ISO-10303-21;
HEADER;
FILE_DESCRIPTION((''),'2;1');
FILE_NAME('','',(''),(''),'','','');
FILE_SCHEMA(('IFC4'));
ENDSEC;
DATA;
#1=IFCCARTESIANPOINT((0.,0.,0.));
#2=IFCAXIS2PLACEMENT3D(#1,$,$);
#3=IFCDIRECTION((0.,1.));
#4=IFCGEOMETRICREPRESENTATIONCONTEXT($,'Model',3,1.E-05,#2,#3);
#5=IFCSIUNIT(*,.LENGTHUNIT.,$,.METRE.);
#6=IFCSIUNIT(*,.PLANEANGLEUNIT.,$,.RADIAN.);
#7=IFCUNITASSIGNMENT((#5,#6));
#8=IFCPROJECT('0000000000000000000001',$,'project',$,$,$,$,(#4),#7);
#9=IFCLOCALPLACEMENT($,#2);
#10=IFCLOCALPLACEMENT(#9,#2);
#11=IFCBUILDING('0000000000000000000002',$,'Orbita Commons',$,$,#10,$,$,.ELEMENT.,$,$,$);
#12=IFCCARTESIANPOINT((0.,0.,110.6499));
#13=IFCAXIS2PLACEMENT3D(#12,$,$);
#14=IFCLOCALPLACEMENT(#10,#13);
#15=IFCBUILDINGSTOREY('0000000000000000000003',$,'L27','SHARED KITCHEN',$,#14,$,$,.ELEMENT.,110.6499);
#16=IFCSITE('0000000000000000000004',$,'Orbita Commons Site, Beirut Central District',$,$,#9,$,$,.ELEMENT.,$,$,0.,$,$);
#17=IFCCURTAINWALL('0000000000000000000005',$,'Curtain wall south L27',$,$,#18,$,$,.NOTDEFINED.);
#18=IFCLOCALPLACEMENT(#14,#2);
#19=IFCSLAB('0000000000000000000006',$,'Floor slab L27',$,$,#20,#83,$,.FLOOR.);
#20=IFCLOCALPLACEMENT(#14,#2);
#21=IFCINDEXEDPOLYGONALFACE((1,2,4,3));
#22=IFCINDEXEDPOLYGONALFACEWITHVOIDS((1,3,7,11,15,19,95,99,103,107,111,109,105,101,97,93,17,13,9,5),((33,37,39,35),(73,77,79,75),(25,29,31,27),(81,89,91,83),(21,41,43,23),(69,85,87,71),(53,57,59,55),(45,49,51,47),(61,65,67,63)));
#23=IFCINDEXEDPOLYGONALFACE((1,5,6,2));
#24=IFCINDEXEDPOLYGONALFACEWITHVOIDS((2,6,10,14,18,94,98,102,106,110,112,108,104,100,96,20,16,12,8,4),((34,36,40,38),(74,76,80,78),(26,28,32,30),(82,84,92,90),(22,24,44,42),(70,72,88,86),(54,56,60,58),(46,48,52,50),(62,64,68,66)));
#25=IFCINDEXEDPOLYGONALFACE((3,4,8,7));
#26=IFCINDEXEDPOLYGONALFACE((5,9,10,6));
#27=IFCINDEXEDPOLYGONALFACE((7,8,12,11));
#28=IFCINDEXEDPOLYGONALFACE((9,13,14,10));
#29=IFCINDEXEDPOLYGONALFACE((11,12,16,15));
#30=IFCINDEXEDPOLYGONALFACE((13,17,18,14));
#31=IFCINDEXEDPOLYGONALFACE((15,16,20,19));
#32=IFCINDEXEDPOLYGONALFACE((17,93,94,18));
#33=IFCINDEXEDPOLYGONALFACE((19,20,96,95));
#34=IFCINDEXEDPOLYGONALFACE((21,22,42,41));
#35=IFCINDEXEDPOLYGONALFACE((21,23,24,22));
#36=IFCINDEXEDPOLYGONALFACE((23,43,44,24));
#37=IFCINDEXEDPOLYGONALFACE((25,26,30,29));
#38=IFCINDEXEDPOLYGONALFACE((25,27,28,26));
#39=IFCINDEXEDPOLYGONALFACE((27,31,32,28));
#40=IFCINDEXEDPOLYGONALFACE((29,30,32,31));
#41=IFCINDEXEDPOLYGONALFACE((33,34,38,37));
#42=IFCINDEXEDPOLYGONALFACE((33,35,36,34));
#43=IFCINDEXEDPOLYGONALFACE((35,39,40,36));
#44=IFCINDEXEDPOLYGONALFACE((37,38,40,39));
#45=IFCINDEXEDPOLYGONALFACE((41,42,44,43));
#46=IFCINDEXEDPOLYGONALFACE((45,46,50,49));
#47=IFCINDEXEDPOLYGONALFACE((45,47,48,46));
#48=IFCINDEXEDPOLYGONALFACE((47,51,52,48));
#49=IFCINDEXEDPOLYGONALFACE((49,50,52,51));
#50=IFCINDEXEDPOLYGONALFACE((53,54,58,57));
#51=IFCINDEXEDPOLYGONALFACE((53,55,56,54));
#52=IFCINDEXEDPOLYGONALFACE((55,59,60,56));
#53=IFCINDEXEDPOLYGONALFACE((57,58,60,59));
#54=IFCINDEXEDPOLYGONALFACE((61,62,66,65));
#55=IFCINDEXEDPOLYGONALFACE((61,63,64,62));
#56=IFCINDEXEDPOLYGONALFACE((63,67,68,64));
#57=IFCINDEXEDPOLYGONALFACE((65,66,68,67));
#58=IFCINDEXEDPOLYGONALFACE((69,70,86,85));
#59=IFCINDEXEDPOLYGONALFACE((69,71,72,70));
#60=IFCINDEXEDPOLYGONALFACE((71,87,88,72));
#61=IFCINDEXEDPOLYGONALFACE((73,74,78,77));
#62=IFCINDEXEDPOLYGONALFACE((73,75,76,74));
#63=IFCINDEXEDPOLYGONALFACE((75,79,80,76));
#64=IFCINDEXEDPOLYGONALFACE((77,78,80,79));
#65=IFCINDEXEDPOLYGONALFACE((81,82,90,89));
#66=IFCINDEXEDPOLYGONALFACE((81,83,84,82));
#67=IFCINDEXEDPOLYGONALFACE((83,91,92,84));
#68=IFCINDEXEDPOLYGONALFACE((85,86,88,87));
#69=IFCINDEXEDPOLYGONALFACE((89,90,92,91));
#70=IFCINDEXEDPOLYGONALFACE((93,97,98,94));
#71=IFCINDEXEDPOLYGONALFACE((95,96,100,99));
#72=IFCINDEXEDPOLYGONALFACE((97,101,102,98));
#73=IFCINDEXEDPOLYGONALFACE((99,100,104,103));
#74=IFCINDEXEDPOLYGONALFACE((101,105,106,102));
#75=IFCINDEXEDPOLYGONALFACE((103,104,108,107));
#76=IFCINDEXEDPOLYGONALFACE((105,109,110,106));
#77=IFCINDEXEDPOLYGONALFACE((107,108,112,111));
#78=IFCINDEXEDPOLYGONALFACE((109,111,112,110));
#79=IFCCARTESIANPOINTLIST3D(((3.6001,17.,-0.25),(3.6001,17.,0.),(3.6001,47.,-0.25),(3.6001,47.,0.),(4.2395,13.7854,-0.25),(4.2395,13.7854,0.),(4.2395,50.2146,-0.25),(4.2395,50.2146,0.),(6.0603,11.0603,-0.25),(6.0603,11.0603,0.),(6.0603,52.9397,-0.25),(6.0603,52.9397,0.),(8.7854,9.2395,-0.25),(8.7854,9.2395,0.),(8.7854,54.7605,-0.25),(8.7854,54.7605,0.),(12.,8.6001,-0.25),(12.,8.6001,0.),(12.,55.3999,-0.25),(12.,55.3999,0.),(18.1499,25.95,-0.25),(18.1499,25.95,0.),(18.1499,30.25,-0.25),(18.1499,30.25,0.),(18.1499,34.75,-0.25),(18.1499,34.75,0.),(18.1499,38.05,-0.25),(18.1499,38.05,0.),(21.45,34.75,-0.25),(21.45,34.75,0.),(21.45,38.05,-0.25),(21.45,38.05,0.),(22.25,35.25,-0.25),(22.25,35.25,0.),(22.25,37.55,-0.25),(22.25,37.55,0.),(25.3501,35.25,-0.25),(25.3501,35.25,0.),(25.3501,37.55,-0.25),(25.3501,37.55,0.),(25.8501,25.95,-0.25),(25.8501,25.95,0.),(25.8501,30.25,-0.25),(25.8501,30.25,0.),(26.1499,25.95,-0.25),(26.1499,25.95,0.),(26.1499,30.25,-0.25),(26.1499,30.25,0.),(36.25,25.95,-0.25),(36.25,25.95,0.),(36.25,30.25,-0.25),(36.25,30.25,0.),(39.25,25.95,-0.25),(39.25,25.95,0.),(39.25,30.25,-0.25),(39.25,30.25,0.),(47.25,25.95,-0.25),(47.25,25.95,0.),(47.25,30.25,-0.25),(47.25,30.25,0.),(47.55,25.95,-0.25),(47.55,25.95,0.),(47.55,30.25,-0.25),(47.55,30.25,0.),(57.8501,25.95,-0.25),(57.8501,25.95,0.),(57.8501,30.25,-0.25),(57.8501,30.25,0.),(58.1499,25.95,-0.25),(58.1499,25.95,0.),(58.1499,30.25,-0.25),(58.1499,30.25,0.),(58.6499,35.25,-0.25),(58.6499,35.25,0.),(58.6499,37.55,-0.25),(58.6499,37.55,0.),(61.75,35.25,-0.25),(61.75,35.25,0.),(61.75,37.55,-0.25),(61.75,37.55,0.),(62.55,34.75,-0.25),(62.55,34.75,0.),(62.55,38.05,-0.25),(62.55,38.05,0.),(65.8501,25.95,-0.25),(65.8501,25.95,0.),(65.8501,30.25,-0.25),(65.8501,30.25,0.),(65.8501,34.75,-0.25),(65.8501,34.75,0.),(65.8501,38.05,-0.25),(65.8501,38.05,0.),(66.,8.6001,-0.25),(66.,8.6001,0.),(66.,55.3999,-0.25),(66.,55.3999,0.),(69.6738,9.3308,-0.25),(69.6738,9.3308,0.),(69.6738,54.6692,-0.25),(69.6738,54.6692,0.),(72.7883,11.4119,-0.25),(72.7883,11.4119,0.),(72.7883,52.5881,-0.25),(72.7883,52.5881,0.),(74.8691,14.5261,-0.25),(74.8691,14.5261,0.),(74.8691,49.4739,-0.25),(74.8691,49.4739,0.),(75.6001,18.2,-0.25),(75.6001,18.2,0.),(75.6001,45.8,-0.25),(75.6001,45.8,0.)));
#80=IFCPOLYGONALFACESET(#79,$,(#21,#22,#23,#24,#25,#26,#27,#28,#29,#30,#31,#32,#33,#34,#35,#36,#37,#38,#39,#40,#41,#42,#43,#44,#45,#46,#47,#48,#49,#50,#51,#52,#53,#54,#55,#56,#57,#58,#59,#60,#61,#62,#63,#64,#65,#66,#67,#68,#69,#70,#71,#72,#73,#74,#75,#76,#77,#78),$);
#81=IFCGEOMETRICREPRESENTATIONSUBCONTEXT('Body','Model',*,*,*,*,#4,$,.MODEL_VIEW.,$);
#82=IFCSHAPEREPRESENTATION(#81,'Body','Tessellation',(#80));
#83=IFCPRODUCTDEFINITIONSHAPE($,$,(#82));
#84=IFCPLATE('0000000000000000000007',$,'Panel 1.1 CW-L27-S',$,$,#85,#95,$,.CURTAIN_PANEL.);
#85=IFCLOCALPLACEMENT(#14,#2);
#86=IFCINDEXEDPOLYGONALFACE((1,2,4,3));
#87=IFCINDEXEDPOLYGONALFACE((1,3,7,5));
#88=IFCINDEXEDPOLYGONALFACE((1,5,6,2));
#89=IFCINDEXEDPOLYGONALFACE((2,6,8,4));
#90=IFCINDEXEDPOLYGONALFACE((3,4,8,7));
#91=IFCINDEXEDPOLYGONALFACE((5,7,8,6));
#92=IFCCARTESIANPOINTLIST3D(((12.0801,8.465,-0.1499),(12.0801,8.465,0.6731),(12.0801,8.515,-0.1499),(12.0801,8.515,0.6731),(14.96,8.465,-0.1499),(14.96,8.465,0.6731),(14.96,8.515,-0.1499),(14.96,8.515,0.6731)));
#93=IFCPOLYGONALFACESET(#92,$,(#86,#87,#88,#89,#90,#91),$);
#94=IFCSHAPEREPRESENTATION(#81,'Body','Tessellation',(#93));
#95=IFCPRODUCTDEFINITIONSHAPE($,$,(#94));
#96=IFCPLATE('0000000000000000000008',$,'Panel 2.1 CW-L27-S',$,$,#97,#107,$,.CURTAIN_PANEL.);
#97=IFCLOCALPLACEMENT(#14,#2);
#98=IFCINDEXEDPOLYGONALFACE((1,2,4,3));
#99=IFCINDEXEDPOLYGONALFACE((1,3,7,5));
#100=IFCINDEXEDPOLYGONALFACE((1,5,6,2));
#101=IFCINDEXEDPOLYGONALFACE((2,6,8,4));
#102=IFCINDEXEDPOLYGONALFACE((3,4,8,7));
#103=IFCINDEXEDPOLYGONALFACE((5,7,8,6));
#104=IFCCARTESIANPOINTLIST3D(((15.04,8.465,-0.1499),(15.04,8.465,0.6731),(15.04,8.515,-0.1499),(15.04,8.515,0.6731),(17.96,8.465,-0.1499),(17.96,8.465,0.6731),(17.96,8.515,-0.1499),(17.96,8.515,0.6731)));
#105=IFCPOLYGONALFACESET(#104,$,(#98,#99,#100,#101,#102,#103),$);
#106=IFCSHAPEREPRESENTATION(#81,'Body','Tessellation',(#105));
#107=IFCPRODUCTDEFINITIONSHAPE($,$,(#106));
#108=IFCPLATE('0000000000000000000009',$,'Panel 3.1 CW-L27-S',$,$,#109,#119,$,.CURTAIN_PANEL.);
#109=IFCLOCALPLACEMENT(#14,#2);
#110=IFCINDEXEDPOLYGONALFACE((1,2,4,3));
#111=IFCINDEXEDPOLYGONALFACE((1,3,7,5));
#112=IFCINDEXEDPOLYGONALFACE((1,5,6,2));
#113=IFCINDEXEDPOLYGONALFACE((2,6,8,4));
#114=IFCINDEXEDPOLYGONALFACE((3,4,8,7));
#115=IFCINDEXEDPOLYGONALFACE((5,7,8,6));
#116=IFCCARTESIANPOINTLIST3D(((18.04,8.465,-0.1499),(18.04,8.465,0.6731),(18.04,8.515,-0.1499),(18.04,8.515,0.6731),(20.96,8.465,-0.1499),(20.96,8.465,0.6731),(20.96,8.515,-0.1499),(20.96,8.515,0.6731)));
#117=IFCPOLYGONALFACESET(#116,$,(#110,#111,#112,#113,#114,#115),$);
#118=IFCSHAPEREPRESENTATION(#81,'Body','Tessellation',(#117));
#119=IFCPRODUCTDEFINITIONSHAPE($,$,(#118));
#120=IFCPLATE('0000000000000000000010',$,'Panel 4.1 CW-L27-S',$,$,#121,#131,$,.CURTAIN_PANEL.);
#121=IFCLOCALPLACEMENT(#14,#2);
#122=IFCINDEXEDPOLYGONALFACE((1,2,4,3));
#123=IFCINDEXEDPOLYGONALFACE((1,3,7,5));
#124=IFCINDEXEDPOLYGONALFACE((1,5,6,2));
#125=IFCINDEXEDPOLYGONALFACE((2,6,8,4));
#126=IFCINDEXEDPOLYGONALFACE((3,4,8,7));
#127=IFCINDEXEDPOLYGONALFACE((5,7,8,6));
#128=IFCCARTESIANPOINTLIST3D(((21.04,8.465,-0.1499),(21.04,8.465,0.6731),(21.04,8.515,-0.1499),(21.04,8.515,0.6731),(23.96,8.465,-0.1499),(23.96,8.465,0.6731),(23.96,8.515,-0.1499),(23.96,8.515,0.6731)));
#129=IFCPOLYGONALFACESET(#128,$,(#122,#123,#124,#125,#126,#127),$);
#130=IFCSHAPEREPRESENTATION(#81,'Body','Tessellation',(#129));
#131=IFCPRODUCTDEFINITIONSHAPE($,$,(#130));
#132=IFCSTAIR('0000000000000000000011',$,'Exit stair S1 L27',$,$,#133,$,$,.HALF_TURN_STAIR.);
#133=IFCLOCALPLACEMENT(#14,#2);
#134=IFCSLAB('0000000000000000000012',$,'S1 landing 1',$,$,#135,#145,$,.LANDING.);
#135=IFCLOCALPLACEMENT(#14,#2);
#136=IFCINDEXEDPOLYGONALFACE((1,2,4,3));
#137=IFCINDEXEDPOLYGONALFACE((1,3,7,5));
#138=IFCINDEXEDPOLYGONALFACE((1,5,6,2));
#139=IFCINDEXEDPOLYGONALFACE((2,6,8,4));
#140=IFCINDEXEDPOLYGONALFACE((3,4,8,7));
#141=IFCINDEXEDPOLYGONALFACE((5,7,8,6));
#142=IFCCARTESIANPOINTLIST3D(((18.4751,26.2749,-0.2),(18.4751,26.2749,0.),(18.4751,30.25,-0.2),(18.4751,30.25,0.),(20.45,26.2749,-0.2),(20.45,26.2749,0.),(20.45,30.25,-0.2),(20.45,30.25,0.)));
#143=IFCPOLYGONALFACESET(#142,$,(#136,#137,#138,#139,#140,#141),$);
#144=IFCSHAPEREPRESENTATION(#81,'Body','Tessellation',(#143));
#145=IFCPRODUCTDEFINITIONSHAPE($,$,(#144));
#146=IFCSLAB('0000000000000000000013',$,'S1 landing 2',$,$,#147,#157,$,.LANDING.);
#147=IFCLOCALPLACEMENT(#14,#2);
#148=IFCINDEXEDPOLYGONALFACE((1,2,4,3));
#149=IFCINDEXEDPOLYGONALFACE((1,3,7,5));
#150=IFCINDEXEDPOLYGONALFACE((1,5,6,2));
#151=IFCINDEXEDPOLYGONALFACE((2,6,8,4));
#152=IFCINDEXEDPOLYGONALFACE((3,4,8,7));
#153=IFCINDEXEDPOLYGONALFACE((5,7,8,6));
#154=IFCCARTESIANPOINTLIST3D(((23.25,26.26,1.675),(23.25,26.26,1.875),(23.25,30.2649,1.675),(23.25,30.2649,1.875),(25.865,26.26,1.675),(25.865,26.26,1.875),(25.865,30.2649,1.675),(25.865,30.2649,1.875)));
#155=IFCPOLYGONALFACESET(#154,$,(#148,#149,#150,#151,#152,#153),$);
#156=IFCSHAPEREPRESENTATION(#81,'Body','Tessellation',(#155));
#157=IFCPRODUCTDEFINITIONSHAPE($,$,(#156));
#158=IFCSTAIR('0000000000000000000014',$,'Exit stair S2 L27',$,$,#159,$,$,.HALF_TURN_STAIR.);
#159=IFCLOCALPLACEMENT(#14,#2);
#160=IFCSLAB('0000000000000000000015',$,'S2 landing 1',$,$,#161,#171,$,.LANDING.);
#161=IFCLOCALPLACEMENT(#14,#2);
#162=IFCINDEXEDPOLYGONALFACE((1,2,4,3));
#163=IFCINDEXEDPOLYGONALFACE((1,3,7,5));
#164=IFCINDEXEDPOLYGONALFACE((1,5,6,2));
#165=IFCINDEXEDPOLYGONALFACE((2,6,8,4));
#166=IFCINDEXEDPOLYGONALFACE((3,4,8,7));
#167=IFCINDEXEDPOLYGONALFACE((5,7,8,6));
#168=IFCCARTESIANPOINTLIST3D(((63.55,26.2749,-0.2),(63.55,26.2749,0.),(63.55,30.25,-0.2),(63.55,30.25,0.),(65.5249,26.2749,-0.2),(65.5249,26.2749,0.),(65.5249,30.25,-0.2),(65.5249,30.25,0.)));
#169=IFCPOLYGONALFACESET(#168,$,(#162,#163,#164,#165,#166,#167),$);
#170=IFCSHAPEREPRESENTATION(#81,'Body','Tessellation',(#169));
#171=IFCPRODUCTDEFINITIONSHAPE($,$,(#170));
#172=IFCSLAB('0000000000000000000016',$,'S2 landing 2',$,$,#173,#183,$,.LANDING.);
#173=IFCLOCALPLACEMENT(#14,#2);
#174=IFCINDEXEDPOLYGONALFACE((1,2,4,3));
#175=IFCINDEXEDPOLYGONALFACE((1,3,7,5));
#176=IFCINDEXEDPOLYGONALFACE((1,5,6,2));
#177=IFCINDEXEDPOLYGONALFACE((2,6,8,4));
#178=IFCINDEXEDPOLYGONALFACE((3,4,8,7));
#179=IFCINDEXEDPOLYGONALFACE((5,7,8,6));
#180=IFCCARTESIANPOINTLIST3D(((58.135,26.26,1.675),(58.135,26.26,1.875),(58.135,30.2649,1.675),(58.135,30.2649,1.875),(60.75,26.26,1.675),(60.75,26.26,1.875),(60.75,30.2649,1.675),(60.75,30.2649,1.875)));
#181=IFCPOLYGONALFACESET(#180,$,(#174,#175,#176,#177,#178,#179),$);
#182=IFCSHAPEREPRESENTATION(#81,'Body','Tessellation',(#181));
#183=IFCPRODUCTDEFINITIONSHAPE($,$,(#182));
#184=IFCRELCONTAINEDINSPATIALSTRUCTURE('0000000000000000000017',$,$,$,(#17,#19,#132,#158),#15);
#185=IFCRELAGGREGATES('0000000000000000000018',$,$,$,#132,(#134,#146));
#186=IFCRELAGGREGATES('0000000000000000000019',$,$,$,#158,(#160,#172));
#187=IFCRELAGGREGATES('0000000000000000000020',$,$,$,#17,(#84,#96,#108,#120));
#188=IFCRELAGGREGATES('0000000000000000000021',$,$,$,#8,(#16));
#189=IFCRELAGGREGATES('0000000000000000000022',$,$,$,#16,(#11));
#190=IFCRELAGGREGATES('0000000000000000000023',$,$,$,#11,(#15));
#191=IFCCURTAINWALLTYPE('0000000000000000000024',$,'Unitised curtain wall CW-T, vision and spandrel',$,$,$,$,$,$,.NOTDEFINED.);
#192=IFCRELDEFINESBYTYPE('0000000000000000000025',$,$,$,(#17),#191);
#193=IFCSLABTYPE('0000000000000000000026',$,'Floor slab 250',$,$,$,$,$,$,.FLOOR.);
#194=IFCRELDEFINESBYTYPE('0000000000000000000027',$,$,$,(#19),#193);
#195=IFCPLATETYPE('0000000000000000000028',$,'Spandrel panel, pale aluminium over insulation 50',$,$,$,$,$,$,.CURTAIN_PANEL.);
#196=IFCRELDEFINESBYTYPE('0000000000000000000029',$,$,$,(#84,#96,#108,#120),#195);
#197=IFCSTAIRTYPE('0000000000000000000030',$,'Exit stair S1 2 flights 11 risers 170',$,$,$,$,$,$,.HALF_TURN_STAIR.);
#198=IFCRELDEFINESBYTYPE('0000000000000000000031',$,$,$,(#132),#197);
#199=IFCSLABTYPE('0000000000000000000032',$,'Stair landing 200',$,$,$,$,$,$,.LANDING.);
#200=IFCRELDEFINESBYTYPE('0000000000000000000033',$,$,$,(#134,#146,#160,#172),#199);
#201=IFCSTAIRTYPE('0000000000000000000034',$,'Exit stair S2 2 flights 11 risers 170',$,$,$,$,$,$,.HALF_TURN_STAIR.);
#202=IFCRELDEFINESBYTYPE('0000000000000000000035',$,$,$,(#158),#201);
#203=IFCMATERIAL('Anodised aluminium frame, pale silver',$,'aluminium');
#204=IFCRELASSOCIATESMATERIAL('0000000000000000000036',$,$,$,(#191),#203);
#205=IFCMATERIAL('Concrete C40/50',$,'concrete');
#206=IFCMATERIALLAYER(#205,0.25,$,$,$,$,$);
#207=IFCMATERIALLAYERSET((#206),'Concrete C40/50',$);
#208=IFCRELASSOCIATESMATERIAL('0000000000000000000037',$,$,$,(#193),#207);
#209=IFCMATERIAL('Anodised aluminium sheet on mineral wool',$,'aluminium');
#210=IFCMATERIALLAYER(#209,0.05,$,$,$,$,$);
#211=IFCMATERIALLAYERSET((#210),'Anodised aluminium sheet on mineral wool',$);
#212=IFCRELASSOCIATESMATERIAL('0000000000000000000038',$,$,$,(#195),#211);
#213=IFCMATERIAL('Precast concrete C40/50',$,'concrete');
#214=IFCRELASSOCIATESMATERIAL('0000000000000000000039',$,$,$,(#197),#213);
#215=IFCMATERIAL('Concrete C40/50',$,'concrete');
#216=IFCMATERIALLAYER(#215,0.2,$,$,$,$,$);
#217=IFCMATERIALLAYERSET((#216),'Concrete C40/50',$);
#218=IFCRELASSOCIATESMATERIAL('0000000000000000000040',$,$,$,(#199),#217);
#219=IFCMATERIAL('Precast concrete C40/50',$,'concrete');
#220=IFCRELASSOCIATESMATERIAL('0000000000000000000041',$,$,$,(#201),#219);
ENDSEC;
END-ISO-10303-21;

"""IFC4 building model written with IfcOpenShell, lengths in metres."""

from ifc_helpers import new_model, si_unit, direction, frame, origin, origin_2d, place, context, subcontext, project, spatial, polyline, rectangle, outline, extrude, material, layer, layer_set, type_object, element, aggregate, save


model = new_model("IFC4")

# Units and contexts
model_context = context("Model", 3, precision=1e-05, world=origin(), true_north=direction((0.0, 1.0)))
body_context = subcontext(model_context, "Body", "Model", "MODEL_VIEW")
ifc_project = project(units=[si_unit("LENGTHUNIT", "METRE"), si_unit("PLANEANGLEUNIT", "RADIAN")], contexts=[model_context])

# Site, building, storey
site_placement = place(None, origin())
site = spatial("IfcSite", under=ifc_project, at=site_placement, Name="Orbita Commons Site, Beirut Central District", CompositionType="ELEMENT", RefElevation=0.0)
building_placement = place(site_placement, origin())
building = spatial("IfcBuilding", under=site, at=building_placement, Name="Orbita Commons", CompositionType="ELEMENT")
storey_placement = place(building_placement, frame((0.0, 0.0, 110.6499)))
storey = spatial("IfcBuildingStorey", under=building, at=storey_placement, Name="L27", Description="SHARED KITCHEN", CompositionType="ELEMENT", Elevation=110.6499)

# Curtain wall
ifc_material_1 = material(Name="Anodised aluminium frame, pale silver", Category="aluminium")
curtain_wall_type = type_object("IfcCurtainWallType", Name="Unitised curtain wall CW-T, vision and spandrel", PredefinedType="NOTDEFINED", material=ifc_material_1)
curtain_wall_placement = place(storey_placement, origin())
curtain_wall = element("IfcCurtainWall", 1, at=curtain_wall_placement, inside=storey, type_object=curtain_wall_type, Name="Curtain wall south L27", PredefinedType="NOTDEFINED")

# Slab
ifc_material_2 = material(Name="Concrete C40/50", Category="concrete")
ifc_layer_1 = layer(ifc_material_2, 0.25)
ifc_layer_set_1 = layer_set([ifc_layer_1], Name="Concrete C40/50")
slab_type_1 = type_object("IfcSlabType", Name="Floor slab 250", PredefinedType="FLOOR", material=ifc_layer_set_1)
slab_1_placement = place(storey_placement, frame((0.0, 0.0, -0.25)))
element("IfcSlab", 2, at=slab_1_placement, inside=storey, type_object=slab_type_1, Name="Floor slab L27", PredefinedType="FLOOR", context=body_context, shape_type="SweptSolid", body=[
    extrude(outline(polyline([(66.0, 8.6001), (69.6738, 9.3308), (72.7883, 11.4119), (74.8691, 14.5261), (75.6001, 18.2), (75.6001, 45.8), (74.8691, 49.4739), (72.7883, 52.5881), (69.6738, 54.6692), (66.0, 55.3999), (12.0, 55.3999), (8.7854, 54.7605), (6.0603, 52.9397), (4.2395, 50.2146), (3.6001, 47.0), (3.6001, 17.0), (4.2395, 13.7854), (6.0603, 11.0603), (8.7854, 9.2395), (12.0, 8.6001), (66.0, 8.6001)]), holes=[polyline([(18.1499, 25.95), (25.8501, 25.95), (25.8501, 30.25), (18.1499, 30.25), (18.1499, 25.95)]), polyline([(58.1499, 25.95), (65.8501, 25.95), (65.8501, 30.25), (58.1499, 30.25), (58.1499, 25.95)]), polyline([(18.1499, 34.75), (21.45, 34.75), (21.45, 38.05), (18.1499, 38.05), (18.1499, 34.75)]), polyline([(62.55, 34.75), (65.8501, 34.75), (65.8501, 38.05), (62.55, 38.05), (62.55, 34.75)]), polyline([(22.25, 35.25), (25.3501, 35.25), (25.3501, 37.55), (22.25, 37.55), (22.25, 35.25)]), polyline([(58.6499, 35.25), (61.75, 35.25), (61.75, 37.55), (58.6499, 37.55), (58.6499, 35.25)]), polyline([(26.1499, 25.95), (36.25, 25.95), (36.25, 30.25), (26.1499, 30.25), (26.1499, 25.95)]), polyline([(39.25, 25.95), (47.25, 25.95), (47.25, 30.25), (39.25, 30.25), (39.25, 25.95)]), polyline([(47.55, 25.95), (57.8501, 25.95), (57.8501, 30.25), (47.55, 30.25), (47.55, 25.95)])]), origin(), (0.0, 0.0, 1.0), 0.25),
])

# Plates
ifc_material_3 = material(Name="Anodised aluminium sheet on mineral wool", Category="aluminium")
ifc_layer_2 = layer(ifc_material_3, 0.05)
ifc_layer_set_2 = layer_set([ifc_layer_2], Name="Anodised aluminium sheet on mineral wool")
plate_type_1 = type_object("IfcPlateType", Name="Spandrel panel, pale aluminium over insulation 50", PredefinedType="CURTAIN_PANEL", material=ifc_layer_set_2)
plate_1_placement = place(storey_placement, frame((13.52, 8.49, -0.1499), z_axis=(0.0, 0.0, 1.0), x_axis=(1.0, 0.0, 0.0)))
plate_1 = element("IfcPlate", 3, at=plate_1_placement, type_object=plate_type_1, Name="Panel 1.1 CW-L27-S", PredefinedType="CURTAIN_PANEL", context=body_context, shape_type="SweptSolid", body=[
    extrude(rectangle(XDim=2.8799, YDim=0.05, at=origin_2d()), origin(), (0.0, 0.0, 1.0), 0.823),
])
plate_2_placement = place(storey_placement, frame((16.5, 8.49, -0.1499), z_axis=(0.0, 0.0, 1.0), x_axis=(1.0, 0.0, 0.0)))
plate_2 = element("IfcPlate", 4, at=plate_2_placement, type_object=plate_type_1, Name="Panel 2.1 CW-L27-S", PredefinedType="CURTAIN_PANEL", context=body_context, shape_type="SweptSolid", body=[
    extrude(rectangle(XDim=2.9199, YDim=0.05, at=origin_2d()), origin(), (0.0, 0.0, 1.0), 0.823),
])
plate_3_placement = place(storey_placement, frame((19.5, 8.49, -0.1499), z_axis=(0.0, 0.0, 1.0), x_axis=(1.0, 0.0, 0.0)))
plate_3 = element("IfcPlate", 5, at=plate_3_placement, type_object=plate_type_1, Name="Panel 3.1 CW-L27-S", PredefinedType="CURTAIN_PANEL", context=body_context, shape_type="SweptSolid", body=[
    extrude(rectangle(XDim=2.9199, YDim=0.05, at=origin_2d()), origin(), (0.0, 0.0, 1.0), 0.823),
])
plate_4_placement = place(storey_placement, frame((22.5, 8.49, -0.1499), z_axis=(0.0, 0.0, 1.0), x_axis=(1.0, 0.0, 0.0)))
plate_4 = element("IfcPlate", 6, at=plate_4_placement, type_object=plate_type_1, Name="Panel 4.1 CW-L27-S", PredefinedType="CURTAIN_PANEL", context=body_context, shape_type="SweptSolid", body=[
    extrude(rectangle(XDim=2.9199, YDim=0.05, at=origin_2d()), origin(), (0.0, 0.0, 1.0), 0.823),
])

# Stairs, slabs
ifc_material_4 = material(Name="Precast concrete C40/50", Category="concrete")
stair_type_1 = type_object("IfcStairType", Name="Exit stair S1 2 flights 11 risers 170", PredefinedType="HALF_TURN_STAIR", material=ifc_material_4)
stair_1_placement = place(storey_placement, origin())
stair_1 = element("IfcStair", 7, at=stair_1_placement, inside=storey, type_object=stair_type_1, Name="Exit stair S1 L27", PredefinedType="HALF_TURN_STAIR")
ifc_material_5 = material(Name="Concrete C40/50", Category="concrete")
ifc_layer_3 = layer(ifc_material_5, 0.2)
ifc_layer_set_3 = layer_set([ifc_layer_3], Name="Concrete C40/50")
slab_type_2 = type_object("IfcSlabType", Name="Stair landing 200", PredefinedType="LANDING", material=ifc_layer_set_3)
slab_2_placement = place(storey_placement, frame((0.0, 0.0, -0.2)))
slab_2 = element("IfcSlab", 8, at=slab_2_placement, type_object=slab_type_2, Name="S1 landing 1", PredefinedType="LANDING", context=body_context, shape_type="SweptSolid", body=[
    extrude(outline(polyline([(18.4751, 26.2749), (20.45, 26.2749), (20.45, 30.25), (18.4751, 30.25), (18.4751, 26.2749)])), origin(), (0.0, 0.0, 1.0), 0.2),
])
slab_3_placement = place(storey_placement, frame((0.0, 0.0, 1.675)))
slab_3 = element("IfcSlab", 9, at=slab_3_placement, type_object=slab_type_2, Name="S1 landing 2", PredefinedType="LANDING", context=body_context, shape_type="SweptSolid", body=[
    extrude(outline(polyline([(23.25, 26.26), (25.865, 26.26), (25.865, 30.2649), (23.25, 30.2649), (23.25, 26.26)])), origin(), (0.0, 0.0, 1.0), 0.2),
])
aggregate(stair_1, [slab_2, slab_3])
ifc_material_6 = material(Name="Precast concrete C40/50", Category="concrete")
stair_type_2 = type_object("IfcStairType", Name="Exit stair S2 2 flights 11 risers 170", PredefinedType="HALF_TURN_STAIR", material=ifc_material_6)
stair_2_placement = place(storey_placement, origin())
stair_2 = element("IfcStair", 10, at=stair_2_placement, inside=storey, type_object=stair_type_2, Name="Exit stair S2 L27", PredefinedType="HALF_TURN_STAIR")
slab_4_placement = place(storey_placement, frame((0.0, 0.0, -0.2)))
slab_4 = element("IfcSlab", 11, at=slab_4_placement, type_object=slab_type_2, Name="S2 landing 1", PredefinedType="LANDING", context=body_context, shape_type="SweptSolid", body=[
    extrude(outline(polyline([(63.55, 26.2749), (65.5249, 26.2749), (65.5249, 30.25), (63.55, 30.25), (63.55, 26.2749)])), origin(), (0.0, 0.0, 1.0), 0.2),
])
slab_5_placement = place(storey_placement, frame((0.0, 0.0, 1.675)))
slab_5 = element("IfcSlab", 12, at=slab_5_placement, type_object=slab_type_2, Name="S2 landing 2", PredefinedType="LANDING", context=body_context, shape_type="SweptSolid", body=[
    extrude(outline(polyline([(58.135, 26.26), (60.75, 26.26), (60.75, 30.2649), (58.135, 30.2649), (58.135, 26.26)])), origin(), (0.0, 0.0, 1.0), 0.2),
])
aggregate(stair_2, [slab_4, slab_5])

aggregate(curtain_wall, [plate_1, plate_2, plate_3, plate_4])

save(model, "model.ifc")
